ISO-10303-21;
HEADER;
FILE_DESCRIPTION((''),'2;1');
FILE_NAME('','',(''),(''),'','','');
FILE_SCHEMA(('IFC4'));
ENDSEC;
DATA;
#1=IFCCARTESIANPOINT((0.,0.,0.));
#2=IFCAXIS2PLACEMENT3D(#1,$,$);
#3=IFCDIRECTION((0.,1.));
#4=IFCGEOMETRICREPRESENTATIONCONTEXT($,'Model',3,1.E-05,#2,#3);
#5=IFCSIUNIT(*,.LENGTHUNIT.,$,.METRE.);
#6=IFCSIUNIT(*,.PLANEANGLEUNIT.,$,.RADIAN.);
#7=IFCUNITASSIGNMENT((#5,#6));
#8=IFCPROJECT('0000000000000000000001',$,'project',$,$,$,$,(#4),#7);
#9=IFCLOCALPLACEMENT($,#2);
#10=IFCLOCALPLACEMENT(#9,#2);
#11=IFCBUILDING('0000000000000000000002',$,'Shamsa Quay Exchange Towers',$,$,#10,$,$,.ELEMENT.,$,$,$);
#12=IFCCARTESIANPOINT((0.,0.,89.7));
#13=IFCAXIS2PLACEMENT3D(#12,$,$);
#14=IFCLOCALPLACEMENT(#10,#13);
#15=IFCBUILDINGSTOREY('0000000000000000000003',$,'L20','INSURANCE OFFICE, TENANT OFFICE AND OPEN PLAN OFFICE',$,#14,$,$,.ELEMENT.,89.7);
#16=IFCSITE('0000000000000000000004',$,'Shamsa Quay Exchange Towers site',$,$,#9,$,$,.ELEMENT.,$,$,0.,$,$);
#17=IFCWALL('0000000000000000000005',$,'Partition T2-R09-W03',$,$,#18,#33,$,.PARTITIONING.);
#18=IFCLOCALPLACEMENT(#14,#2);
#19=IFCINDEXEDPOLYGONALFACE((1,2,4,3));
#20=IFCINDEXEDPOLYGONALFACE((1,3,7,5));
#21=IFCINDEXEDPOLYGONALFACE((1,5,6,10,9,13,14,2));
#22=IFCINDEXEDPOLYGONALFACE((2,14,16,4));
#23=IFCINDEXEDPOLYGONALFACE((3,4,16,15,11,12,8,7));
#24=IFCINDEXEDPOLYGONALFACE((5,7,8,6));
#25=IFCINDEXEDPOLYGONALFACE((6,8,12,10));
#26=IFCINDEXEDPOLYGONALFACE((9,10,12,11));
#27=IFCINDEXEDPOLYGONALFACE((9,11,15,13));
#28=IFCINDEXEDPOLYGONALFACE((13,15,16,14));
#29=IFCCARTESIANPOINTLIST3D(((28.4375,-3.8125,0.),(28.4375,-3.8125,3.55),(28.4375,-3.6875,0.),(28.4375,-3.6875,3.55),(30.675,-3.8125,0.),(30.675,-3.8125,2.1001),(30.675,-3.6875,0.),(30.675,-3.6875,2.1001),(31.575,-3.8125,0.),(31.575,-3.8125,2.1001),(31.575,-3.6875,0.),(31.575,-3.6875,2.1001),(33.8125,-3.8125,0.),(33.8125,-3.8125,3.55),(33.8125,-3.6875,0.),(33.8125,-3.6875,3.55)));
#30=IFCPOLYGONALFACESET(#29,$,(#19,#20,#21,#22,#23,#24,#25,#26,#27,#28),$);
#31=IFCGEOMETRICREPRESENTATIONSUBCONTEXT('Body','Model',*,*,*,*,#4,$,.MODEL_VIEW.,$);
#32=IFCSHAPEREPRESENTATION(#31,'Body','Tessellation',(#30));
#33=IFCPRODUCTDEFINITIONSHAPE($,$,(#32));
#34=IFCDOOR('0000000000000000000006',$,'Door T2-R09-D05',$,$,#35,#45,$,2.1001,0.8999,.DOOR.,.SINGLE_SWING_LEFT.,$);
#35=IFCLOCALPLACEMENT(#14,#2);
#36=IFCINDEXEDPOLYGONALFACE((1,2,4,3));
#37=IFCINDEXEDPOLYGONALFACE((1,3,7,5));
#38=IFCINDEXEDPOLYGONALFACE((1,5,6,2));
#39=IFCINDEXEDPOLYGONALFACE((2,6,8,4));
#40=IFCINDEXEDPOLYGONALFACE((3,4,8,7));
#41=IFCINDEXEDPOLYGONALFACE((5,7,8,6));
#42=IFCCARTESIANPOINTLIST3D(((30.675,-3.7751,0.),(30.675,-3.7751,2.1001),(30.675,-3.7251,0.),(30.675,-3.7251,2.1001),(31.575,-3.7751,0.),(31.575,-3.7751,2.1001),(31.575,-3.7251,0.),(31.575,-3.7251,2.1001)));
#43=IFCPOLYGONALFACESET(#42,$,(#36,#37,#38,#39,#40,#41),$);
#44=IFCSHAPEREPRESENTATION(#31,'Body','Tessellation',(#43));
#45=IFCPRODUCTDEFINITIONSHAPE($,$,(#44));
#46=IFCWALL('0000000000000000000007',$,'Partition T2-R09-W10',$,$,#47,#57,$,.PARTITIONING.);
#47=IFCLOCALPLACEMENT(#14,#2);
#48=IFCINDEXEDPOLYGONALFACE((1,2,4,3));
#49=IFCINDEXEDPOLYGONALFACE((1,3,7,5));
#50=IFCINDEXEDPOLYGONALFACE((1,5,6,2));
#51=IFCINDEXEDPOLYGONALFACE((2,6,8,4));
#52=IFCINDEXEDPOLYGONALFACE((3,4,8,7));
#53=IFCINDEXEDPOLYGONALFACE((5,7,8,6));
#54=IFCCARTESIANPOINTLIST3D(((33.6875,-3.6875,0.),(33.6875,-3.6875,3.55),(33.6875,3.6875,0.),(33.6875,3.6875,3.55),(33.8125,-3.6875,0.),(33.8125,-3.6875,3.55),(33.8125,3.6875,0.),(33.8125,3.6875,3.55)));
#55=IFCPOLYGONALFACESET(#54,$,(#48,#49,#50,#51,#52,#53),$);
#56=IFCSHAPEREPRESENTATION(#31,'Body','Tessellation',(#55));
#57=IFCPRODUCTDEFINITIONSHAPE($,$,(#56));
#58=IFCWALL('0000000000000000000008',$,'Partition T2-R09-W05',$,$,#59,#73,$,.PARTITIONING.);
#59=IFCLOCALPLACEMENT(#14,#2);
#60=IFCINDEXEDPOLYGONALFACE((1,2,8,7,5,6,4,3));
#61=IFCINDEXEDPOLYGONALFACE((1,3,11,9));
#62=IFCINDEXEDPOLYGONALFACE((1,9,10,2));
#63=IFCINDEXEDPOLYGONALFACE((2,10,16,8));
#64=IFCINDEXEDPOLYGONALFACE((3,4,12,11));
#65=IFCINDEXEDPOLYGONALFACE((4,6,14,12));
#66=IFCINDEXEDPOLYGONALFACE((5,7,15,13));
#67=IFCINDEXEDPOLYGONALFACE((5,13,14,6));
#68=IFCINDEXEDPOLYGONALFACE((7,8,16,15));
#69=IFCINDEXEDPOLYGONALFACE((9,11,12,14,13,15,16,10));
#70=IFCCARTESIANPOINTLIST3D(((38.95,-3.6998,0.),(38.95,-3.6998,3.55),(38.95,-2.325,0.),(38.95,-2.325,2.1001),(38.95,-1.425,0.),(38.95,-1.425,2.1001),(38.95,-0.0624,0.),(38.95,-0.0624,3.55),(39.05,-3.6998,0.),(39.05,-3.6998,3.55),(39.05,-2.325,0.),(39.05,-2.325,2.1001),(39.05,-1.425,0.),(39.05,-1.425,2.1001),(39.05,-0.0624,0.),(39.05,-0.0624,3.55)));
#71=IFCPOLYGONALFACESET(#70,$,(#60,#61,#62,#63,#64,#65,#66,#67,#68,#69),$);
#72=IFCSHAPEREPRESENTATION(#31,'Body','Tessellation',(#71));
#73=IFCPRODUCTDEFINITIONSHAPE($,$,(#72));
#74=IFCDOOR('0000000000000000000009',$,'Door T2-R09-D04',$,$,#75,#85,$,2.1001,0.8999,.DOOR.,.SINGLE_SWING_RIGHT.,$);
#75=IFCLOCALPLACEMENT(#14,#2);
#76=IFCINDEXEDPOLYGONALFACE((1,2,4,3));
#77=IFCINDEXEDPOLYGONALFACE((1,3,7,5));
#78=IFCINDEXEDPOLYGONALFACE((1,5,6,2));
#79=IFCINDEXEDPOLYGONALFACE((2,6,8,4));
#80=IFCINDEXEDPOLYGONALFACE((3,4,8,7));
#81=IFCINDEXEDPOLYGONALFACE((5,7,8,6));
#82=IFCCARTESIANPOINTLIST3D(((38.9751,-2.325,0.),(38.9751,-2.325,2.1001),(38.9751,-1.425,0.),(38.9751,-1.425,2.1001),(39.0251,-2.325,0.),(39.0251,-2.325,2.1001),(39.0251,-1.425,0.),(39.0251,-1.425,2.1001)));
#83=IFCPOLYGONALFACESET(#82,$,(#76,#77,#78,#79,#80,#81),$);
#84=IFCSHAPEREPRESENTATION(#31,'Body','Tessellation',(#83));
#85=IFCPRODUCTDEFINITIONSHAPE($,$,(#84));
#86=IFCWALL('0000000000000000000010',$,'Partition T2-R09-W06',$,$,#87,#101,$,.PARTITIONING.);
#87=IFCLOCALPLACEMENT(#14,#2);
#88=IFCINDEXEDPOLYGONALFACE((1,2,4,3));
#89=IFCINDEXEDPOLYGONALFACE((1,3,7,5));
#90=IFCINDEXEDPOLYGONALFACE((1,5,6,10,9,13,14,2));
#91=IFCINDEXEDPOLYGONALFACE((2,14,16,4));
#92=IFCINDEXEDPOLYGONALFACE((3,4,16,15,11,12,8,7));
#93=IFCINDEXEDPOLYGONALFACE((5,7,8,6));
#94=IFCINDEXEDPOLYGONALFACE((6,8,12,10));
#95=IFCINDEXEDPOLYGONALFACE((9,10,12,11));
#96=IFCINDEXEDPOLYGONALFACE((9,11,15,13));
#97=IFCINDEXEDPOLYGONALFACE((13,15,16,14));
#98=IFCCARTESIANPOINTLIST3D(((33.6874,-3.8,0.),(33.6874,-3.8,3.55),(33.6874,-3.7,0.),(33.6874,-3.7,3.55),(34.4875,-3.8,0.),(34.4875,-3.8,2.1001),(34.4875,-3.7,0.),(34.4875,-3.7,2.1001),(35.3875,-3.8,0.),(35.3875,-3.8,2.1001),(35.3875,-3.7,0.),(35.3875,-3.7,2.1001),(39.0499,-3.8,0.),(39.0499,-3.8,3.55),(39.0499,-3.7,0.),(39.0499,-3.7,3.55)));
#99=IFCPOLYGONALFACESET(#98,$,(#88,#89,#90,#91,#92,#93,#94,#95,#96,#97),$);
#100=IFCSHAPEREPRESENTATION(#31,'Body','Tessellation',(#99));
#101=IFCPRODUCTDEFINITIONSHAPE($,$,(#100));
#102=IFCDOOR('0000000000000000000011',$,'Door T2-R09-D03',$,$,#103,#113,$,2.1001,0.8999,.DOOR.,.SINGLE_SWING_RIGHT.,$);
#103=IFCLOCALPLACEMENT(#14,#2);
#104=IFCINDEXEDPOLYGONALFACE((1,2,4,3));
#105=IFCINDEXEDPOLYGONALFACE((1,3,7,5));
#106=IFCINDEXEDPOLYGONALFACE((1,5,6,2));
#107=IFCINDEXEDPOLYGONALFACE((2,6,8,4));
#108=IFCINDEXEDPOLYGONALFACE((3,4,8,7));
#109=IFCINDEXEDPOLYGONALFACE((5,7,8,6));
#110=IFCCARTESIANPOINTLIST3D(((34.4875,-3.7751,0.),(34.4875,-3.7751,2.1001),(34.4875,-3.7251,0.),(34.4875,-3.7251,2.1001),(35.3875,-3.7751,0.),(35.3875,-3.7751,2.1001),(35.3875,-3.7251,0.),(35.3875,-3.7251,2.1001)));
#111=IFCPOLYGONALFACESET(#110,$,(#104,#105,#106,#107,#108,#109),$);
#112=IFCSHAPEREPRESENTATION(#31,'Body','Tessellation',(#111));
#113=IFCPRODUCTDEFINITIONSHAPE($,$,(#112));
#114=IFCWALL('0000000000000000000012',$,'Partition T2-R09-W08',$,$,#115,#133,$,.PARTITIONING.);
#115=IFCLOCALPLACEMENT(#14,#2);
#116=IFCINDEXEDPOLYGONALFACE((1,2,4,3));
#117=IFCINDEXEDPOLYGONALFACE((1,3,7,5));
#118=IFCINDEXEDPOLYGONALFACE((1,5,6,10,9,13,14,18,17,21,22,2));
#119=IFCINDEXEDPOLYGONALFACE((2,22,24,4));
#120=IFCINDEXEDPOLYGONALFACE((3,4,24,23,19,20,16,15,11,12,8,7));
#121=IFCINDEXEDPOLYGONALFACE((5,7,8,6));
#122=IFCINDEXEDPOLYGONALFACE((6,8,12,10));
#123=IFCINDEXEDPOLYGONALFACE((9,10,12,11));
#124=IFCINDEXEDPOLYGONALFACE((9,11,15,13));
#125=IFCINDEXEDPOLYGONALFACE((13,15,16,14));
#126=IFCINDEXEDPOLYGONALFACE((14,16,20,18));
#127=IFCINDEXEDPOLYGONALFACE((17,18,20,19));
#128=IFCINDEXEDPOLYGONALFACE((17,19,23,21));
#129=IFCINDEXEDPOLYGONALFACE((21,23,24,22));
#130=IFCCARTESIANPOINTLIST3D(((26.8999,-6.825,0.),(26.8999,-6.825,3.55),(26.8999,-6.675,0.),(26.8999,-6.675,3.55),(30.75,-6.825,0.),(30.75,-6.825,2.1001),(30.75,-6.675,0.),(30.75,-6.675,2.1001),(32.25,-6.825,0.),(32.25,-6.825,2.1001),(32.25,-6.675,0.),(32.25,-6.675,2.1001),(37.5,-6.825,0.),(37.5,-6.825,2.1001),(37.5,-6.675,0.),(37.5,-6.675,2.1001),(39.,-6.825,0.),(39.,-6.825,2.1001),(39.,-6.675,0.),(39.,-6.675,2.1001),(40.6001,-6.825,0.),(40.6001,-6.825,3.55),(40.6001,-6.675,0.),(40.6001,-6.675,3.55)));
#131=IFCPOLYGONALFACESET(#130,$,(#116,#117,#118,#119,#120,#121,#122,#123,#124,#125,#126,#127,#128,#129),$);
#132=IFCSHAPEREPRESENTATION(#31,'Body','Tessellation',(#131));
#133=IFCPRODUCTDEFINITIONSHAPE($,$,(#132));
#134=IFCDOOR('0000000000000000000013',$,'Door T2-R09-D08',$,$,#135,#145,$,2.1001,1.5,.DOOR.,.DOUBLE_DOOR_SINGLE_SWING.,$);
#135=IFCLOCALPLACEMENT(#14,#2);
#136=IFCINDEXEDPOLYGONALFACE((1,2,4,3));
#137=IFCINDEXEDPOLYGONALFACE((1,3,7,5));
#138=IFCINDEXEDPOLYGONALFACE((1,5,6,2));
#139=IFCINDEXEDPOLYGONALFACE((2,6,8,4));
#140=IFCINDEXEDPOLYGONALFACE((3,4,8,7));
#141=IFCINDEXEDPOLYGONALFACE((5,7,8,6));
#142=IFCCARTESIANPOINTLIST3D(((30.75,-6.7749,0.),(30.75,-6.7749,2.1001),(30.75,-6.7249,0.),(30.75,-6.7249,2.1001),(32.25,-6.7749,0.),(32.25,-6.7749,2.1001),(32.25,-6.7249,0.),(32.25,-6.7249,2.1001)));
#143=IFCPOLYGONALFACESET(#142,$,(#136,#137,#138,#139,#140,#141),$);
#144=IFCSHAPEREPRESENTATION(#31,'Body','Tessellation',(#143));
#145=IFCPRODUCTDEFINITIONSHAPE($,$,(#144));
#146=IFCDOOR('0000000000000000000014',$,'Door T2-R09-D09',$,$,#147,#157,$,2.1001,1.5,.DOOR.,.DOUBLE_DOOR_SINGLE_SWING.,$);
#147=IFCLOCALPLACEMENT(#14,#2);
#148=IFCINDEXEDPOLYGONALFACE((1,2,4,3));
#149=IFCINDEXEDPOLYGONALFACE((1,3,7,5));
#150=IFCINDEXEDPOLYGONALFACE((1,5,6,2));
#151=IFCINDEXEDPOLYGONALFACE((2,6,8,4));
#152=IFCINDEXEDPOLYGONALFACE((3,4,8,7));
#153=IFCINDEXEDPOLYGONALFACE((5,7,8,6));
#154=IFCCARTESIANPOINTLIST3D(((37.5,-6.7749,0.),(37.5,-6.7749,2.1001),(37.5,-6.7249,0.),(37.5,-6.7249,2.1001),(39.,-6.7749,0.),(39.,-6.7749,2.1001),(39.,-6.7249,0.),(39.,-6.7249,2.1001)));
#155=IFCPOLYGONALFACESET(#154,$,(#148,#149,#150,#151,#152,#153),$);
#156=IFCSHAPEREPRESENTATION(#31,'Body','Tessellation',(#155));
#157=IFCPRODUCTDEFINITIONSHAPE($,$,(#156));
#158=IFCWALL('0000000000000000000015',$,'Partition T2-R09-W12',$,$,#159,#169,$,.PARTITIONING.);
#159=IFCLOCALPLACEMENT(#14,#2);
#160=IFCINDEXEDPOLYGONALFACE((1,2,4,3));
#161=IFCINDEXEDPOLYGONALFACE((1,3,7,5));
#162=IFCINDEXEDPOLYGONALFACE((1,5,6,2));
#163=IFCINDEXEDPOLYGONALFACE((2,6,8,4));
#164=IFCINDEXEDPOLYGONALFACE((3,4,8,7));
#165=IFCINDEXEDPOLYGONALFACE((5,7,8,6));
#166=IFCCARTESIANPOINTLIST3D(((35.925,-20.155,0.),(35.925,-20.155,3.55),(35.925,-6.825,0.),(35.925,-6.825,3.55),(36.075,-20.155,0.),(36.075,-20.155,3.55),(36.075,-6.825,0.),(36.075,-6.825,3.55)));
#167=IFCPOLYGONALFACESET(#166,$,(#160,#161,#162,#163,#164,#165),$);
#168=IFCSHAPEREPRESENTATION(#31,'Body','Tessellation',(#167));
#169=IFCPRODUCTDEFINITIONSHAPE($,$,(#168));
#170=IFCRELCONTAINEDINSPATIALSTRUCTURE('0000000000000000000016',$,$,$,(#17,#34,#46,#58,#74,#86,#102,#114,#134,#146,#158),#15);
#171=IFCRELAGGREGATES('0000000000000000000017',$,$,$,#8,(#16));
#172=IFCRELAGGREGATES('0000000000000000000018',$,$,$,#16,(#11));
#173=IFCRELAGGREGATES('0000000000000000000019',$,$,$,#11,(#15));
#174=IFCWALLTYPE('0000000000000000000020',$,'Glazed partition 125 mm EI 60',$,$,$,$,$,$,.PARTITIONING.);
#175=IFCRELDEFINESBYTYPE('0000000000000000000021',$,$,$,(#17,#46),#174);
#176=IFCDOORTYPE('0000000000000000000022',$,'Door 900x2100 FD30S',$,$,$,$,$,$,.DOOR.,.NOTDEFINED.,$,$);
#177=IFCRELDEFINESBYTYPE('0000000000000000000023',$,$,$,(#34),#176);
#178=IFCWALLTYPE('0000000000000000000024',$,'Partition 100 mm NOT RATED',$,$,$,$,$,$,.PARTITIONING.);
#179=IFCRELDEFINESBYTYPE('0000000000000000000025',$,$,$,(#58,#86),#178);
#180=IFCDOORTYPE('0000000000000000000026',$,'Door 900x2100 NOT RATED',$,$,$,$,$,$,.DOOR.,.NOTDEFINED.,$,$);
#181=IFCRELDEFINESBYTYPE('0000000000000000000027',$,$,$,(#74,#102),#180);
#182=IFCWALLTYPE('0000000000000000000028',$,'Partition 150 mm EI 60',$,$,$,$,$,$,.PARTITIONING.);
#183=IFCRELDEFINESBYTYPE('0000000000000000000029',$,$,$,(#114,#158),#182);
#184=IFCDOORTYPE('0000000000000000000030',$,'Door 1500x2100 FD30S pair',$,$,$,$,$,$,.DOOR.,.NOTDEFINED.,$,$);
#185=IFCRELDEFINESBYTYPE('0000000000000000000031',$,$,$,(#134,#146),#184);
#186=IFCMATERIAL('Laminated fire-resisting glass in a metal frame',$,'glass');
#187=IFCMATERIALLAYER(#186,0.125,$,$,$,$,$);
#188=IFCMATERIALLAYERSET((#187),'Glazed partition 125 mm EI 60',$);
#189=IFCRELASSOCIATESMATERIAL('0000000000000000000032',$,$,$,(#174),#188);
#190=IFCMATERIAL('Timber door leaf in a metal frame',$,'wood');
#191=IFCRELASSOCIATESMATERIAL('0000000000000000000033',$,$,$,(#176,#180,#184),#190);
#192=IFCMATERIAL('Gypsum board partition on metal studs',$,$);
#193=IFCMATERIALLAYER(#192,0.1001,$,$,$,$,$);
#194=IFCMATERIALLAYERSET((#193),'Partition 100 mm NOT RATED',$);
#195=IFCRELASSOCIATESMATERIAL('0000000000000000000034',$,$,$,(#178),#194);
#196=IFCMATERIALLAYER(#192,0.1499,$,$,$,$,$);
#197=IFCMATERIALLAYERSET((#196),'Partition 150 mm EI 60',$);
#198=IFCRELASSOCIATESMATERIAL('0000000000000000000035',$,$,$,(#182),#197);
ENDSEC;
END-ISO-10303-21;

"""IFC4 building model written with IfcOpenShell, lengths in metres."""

from ifc_helpers import new_model, si_unit, direction, frame, frame_2d, origin, place, context, subcontext, project, spatial, rectangle, extrude, material, layer, layer_set, type_object, element, fill, save


model = new_model("IFC4")

# Units and contexts
model_context = context("Model", 3, precision=1e-05, world=origin(), true_north=direction((0.0, 1.0)))
body_context = subcontext(model_context, "Body", "Model", "MODEL_VIEW")
ifc_project = project(units=[si_unit("LENGTHUNIT", "METRE"), si_unit("PLANEANGLEUNIT", "RADIAN")], contexts=[model_context])

# Site, building, storey
site_placement = place(None, origin())
site = spatial("IfcSite", under=ifc_project, at=site_placement, Name="Shamsa Quay Exchange Towers site", CompositionType="ELEMENT", RefElevation=0.0)
building_placement = place(site_placement, origin())
building = spatial("IfcBuilding", under=site, at=building_placement, Name="Shamsa Quay Exchange Towers", CompositionType="ELEMENT")
storey_placement = place(building_placement, frame((0.0, 0.0, 89.7)))
storey = spatial("IfcBuildingStorey", under=building, at=storey_placement, Name="L20", Description="INSURANCE OFFICE, TENANT OFFICE AND OPEN PLAN OFFICE", CompositionType="ELEMENT", Elevation=89.7)

# Wall, opening, door
ifc_material_1 = material(Name="Laminated fire-resisting glass in a metal frame", Category="glass")
ifc_layer_1 = layer(ifc_material_1, 0.125)
ifc_layer_set_1 = layer_set([ifc_layer_1], Name="Glazed partition 125 mm EI 60")
wall_type_1 = type_object("IfcWallType", Name="Glazed partition 125 mm EI 60", PredefinedType="PARTITIONING", material=ifc_layer_set_1)
wall_1_placement = place(storey_placement, frame((28.4375, -3.75, 0.0)))
wall_1 = element("IfcWall", 1, at=wall_1_placement, inside=storey, type_object=wall_type_1, Name="Partition T2-R09-W03", PredefinedType="PARTITIONING", context=body_context, shape_type="SweptSolid", body=[
    extrude(rectangle(XDim=5.375, YDim=0.125, at=frame_2d((2.6875, 0.0))), origin(), (0.0, 0.0, 1.0), 3.55),
])
opening_1_placement = place(wall_1_placement, frame((2.2375, 0.0, 0.0)))
opening_1 = element("IfcOpeningElement", 2, at=opening_1_placement, cuts=wall_1, PredefinedType="OPENING", context=body_context, shape_type="SweptSolid", body=[
    extrude(rectangle(XDim=0.8999, YDim=2.1001, at=frame_2d((0.45, 1.05))), frame((0.0, 0.0725, 0.0), z_axis=(0.0, -1.0, 0.0), x_axis=(1.0, 0.0, 0.0)), (0.0, 0.0, 1.0), 0.145),
])
ifc_material_2 = material(Name="Timber door leaf in a metal frame", Category="wood")
door_type_1 = type_object("IfcDoorType", Name="Door 900x2100 FD30S", OperationType="NOTDEFINED", PredefinedType="DOOR", material=ifc_material_2)
door_1_placement = place(opening_1_placement, origin())
door_1 = element("IfcDoor", 3, at=door_1_placement, inside=storey, type_object=door_type_1, Name="Door T2-R09-D05", OperationType="SINGLE_SWING_LEFT", OverallHeight=2.1001, OverallWidth=0.8999, PredefinedType="DOOR", context=body_context, shape_type="SweptSolid", body=[
    extrude(rectangle(XDim=0.8999, YDim=2.1001, at=frame_2d((0.45, 1.05))), frame((0.0, 0.0249, 0.0), z_axis=(0.0, -1.0, 0.0), x_axis=(1.0, 0.0, 0.0)), (0.0, 0.0, 1.0), 0.05),
])
fill(opening_1, door_1)

# Wall
wall_2_placement = place(storey_placement, frame((33.75, -3.6875, 0.0), z_axis=(0.0, 0.0, 1.0), x_axis=(0.0, 1.0, 0.0)))
element("IfcWall", 4, at=wall_2_placement, inside=storey, type_object=wall_type_1, Name="Partition T2-R09-W10", PredefinedType="PARTITIONING", context=body_context, shape_type="SweptSolid", body=[
    extrude(rectangle(XDim=7.375, YDim=0.125, at=frame_2d((3.6875, 0.0))), origin(), (0.0, 0.0, 1.0), 3.55),
])

# Walls, openings, doors
ifc_material_3 = material(Name="Gypsum board partition on metal studs")
ifc_layer_2 = layer(ifc_material_3, 0.1001)
ifc_layer_set_2 = layer_set([ifc_layer_2], Name="Partition 100 mm NOT RATED")
wall_type_2 = type_object("IfcWallType", Name="Partition 100 mm NOT RATED", PredefinedType="PARTITIONING", material=ifc_layer_set_2)
wall_3_placement = place(storey_placement, frame((39.0, -3.7, 0.0), z_axis=(0.0, 0.0, 1.0), x_axis=(0.0, 1.0, 0.0)))
wall_3 = element("IfcWall", 5, at=wall_3_placement, inside=storey, type_object=wall_type_2, Name="Partition T2-R09-W05", PredefinedType="PARTITIONING", context=body_context, shape_type="SweptSolid", body=[
    extrude(rectangle(XDim=3.6375, YDim=0.1001, at=frame_2d((1.8188, 0.0))), origin(), (0.0, 0.0, 1.0), 3.55),
])
opening_2_placement = place(wall_3_placement, frame((1.375, 0.0, 0.0)))
opening_2 = element("IfcOpeningElement", 6, at=opening_2_placement, cuts=wall_3, PredefinedType="OPENING", context=body_context, shape_type="SweptSolid", body=[
    extrude(rectangle(XDim=0.8999, YDim=2.1001, at=frame_2d((0.45, 1.05))), frame((0.0, 0.0601, 0.0), z_axis=(0.0, -1.0, 0.0), x_axis=(1.0, 0.0, 0.0)), (0.0, 0.0, 1.0), 0.1201),
])
door_type_2 = type_object("IfcDoorType", Name="Door 900x2100 NOT RATED", OperationType="NOTDEFINED", PredefinedType="DOOR", material=ifc_material_2)
door_2_placement = place(opening_2_placement, origin())
door_2 = element("IfcDoor", 7, at=door_2_placement, inside=storey, type_object=door_type_2, Name="Door T2-R09-D04", OperationType="SINGLE_SWING_RIGHT", OverallHeight=2.1001, OverallWidth=0.8999, PredefinedType="DOOR", context=body_context, shape_type="SweptSolid", body=[
    extrude(rectangle(XDim=0.8999, YDim=2.1001, at=frame_2d((0.45, 1.05))), frame((0.0, 0.0249, 0.0), z_axis=(0.0, -1.0, 0.0), x_axis=(1.0, 0.0, 0.0)), (0.0, 0.0, 1.0), 0.05),
])
fill(opening_2, door_2)
wall_4_placement = place(storey_placement, frame((33.6875, -3.75, 0.0)))
wall_4 = element("IfcWall", 8, at=wall_4_placement, inside=storey, type_object=wall_type_2, Name="Partition T2-R09-W06", PredefinedType="PARTITIONING", context=body_context, shape_type="SweptSolid", body=[
    extrude(rectangle(XDim=5.3625, YDim=0.1001, at=frame_2d((2.6812, 0.0))), origin(), (0.0, 0.0, 1.0), 3.55),
])
opening_3_placement = place(wall_4_placement, frame((0.8, 0.0, 0.0)))
opening_3 = element("IfcOpeningElement", 9, at=opening_3_placement, cuts=wall_4, PredefinedType="OPENING", context=body_context, shape_type="SweptSolid", body=[
    extrude(rectangle(XDim=0.8999, YDim=2.1001, at=frame_2d((0.45, 1.05))), frame((0.0, 0.0601, 0.0), z_axis=(0.0, -1.0, 0.0), x_axis=(1.0, 0.0, 0.0)), (0.0, 0.0, 1.0), 0.1201),
])
door_3_placement = place(opening_3_placement, origin())
door_3 = element("IfcDoor", 10, at=door_3_placement, inside=storey, type_object=door_type_2, Name="Door T2-R09-D03", OperationType="SINGLE_SWING_RIGHT", OverallHeight=2.1001, OverallWidth=0.8999, PredefinedType="DOOR", context=body_context, shape_type="SweptSolid", body=[
    extrude(rectangle(XDim=0.8999, YDim=2.1001, at=frame_2d((0.45, 1.05))), frame((0.0, 0.0249, 0.0), z_axis=(0.0, -1.0, 0.0), x_axis=(1.0, 0.0, 0.0)), (0.0, 0.0, 1.0), 0.05),
])
fill(opening_3, door_3)

# Wall, openings, doors
ifc_layer_3 = layer(ifc_material_3, 0.1499)
ifc_layer_set_3 = layer_set([ifc_layer_3], Name="Partition 150 mm EI 60")
wall_type_3 = type_object("IfcWallType", Name="Partition 150 mm EI 60", PredefinedType="PARTITIONING", material=ifc_layer_set_3)
wall_5_placement = place(storey_placement, frame((40.6001, -6.75, 0.0), z_axis=(0.0, 0.0, 1.0), x_axis=(-1.0, 0.0, 0.0)))
wall_5 = element("IfcWall", 11, at=wall_5_placement, inside=storey, type_object=wall_type_3, Name="Partition T2-R09-W08", PredefinedType="PARTITIONING", context=body_context, shape_type="SweptSolid", body=[
    extrude(rectangle(XDim=13.7002, YDim=0.1499, at=frame_2d((6.8501, 0.0))), origin(), (0.0, 0.0, 1.0), 3.55),
])
opening_4_placement = place(wall_5_placement, frame((8.3501, 0.0, 0.0)))
opening_4 = element("IfcOpeningElement", 12, at=opening_4_placement, cuts=wall_5, PredefinedType="OPENING", context=body_context, shape_type="SweptSolid", body=[
    extrude(rectangle(XDim=1.5, YDim=2.1001, at=frame_2d((0.75, 1.05))), frame((0.0, 0.085, 0.0), z_axis=(0.0, -1.0, 0.0), x_axis=(1.0, 0.0, 0.0)), (0.0, 0.0, 1.0), 0.1699),
])
opening_5_placement = place(wall_5_placement, frame((1.6001, 0.0, 0.0)))
opening_5 = element("IfcOpeningElement", 13, at=opening_5_placement, cuts=wall_5, PredefinedType="OPENING", context=body_context, shape_type="SweptSolid", body=[
    extrude(rectangle(XDim=1.5, YDim=2.1001, at=frame_2d((0.75, 1.05))), frame((0.0, 0.085, 0.0), z_axis=(0.0, -1.0, 0.0), x_axis=(1.0, 0.0, 0.0)), (0.0, 0.0, 1.0), 0.1699),
])
door_type_3 = type_object("IfcDoorType", Name="Door 1500x2100 FD30S pair", OperationType="NOTDEFINED", PredefinedType="DOOR", material=ifc_material_2)
door_4_placement = place(opening_4_placement, origin())
door_4 = element("IfcDoor", 14, at=door_4_placement, inside=storey, type_object=door_type_3, Name="Door T2-R09-D08", OperationType="DOUBLE_DOOR_SINGLE_SWING", OverallHeight=2.1001, OverallWidth=1.5, PredefinedType="DOOR", context=body_context, shape_type="SweptSolid", body=[
    extrude(rectangle(XDim=1.5, YDim=2.1001, at=frame_2d((0.75, 1.05))), frame((0.0, 0.0249, 0.0), z_axis=(0.0, -1.0, 0.0), x_axis=(1.0, 0.0, 0.0)), (0.0, 0.0, 1.0), 0.05),
])
fill(opening_4, door_4)
door_5_placement = place(opening_5_placement, origin())
door_5 = element("IfcDoor", 15, at=door_5_placement, inside=storey, type_object=door_type_3, Name="Door T2-R09-D09", OperationType="DOUBLE_DOOR_SINGLE_SWING", OverallHeight=2.1001, OverallWidth=1.5, PredefinedType="DOOR", context=body_context, shape_type="SweptSolid", body=[
    extrude(rectangle(XDim=1.5, YDim=2.1001, at=frame_2d((0.75, 1.05))), frame((0.0, 0.0249, 0.0), z_axis=(0.0, -1.0, 0.0), x_axis=(1.0, 0.0, 0.0)), (0.0, 0.0, 1.0), 0.05),
])
fill(opening_5, door_5)

# Wall
wall_6_placement = place(storey_placement, frame((36.0, -6.825, 0.0), z_axis=(0.0, 0.0, 1.0), x_axis=(0.0, -1.0, 0.0)))
element("IfcWall", 16, at=wall_6_placement, inside=storey, type_object=wall_type_3, Name="Partition T2-R09-W12", PredefinedType="PARTITIONING", context=body_context, shape_type="SweptSolid", body=[
    extrude(rectangle(XDim=13.3301, YDim=0.1499, at=frame_2d((6.665, 0.0))), origin(), (0.0, 0.0, 1.0), 3.55),
])

save(model, "model.ifc")
